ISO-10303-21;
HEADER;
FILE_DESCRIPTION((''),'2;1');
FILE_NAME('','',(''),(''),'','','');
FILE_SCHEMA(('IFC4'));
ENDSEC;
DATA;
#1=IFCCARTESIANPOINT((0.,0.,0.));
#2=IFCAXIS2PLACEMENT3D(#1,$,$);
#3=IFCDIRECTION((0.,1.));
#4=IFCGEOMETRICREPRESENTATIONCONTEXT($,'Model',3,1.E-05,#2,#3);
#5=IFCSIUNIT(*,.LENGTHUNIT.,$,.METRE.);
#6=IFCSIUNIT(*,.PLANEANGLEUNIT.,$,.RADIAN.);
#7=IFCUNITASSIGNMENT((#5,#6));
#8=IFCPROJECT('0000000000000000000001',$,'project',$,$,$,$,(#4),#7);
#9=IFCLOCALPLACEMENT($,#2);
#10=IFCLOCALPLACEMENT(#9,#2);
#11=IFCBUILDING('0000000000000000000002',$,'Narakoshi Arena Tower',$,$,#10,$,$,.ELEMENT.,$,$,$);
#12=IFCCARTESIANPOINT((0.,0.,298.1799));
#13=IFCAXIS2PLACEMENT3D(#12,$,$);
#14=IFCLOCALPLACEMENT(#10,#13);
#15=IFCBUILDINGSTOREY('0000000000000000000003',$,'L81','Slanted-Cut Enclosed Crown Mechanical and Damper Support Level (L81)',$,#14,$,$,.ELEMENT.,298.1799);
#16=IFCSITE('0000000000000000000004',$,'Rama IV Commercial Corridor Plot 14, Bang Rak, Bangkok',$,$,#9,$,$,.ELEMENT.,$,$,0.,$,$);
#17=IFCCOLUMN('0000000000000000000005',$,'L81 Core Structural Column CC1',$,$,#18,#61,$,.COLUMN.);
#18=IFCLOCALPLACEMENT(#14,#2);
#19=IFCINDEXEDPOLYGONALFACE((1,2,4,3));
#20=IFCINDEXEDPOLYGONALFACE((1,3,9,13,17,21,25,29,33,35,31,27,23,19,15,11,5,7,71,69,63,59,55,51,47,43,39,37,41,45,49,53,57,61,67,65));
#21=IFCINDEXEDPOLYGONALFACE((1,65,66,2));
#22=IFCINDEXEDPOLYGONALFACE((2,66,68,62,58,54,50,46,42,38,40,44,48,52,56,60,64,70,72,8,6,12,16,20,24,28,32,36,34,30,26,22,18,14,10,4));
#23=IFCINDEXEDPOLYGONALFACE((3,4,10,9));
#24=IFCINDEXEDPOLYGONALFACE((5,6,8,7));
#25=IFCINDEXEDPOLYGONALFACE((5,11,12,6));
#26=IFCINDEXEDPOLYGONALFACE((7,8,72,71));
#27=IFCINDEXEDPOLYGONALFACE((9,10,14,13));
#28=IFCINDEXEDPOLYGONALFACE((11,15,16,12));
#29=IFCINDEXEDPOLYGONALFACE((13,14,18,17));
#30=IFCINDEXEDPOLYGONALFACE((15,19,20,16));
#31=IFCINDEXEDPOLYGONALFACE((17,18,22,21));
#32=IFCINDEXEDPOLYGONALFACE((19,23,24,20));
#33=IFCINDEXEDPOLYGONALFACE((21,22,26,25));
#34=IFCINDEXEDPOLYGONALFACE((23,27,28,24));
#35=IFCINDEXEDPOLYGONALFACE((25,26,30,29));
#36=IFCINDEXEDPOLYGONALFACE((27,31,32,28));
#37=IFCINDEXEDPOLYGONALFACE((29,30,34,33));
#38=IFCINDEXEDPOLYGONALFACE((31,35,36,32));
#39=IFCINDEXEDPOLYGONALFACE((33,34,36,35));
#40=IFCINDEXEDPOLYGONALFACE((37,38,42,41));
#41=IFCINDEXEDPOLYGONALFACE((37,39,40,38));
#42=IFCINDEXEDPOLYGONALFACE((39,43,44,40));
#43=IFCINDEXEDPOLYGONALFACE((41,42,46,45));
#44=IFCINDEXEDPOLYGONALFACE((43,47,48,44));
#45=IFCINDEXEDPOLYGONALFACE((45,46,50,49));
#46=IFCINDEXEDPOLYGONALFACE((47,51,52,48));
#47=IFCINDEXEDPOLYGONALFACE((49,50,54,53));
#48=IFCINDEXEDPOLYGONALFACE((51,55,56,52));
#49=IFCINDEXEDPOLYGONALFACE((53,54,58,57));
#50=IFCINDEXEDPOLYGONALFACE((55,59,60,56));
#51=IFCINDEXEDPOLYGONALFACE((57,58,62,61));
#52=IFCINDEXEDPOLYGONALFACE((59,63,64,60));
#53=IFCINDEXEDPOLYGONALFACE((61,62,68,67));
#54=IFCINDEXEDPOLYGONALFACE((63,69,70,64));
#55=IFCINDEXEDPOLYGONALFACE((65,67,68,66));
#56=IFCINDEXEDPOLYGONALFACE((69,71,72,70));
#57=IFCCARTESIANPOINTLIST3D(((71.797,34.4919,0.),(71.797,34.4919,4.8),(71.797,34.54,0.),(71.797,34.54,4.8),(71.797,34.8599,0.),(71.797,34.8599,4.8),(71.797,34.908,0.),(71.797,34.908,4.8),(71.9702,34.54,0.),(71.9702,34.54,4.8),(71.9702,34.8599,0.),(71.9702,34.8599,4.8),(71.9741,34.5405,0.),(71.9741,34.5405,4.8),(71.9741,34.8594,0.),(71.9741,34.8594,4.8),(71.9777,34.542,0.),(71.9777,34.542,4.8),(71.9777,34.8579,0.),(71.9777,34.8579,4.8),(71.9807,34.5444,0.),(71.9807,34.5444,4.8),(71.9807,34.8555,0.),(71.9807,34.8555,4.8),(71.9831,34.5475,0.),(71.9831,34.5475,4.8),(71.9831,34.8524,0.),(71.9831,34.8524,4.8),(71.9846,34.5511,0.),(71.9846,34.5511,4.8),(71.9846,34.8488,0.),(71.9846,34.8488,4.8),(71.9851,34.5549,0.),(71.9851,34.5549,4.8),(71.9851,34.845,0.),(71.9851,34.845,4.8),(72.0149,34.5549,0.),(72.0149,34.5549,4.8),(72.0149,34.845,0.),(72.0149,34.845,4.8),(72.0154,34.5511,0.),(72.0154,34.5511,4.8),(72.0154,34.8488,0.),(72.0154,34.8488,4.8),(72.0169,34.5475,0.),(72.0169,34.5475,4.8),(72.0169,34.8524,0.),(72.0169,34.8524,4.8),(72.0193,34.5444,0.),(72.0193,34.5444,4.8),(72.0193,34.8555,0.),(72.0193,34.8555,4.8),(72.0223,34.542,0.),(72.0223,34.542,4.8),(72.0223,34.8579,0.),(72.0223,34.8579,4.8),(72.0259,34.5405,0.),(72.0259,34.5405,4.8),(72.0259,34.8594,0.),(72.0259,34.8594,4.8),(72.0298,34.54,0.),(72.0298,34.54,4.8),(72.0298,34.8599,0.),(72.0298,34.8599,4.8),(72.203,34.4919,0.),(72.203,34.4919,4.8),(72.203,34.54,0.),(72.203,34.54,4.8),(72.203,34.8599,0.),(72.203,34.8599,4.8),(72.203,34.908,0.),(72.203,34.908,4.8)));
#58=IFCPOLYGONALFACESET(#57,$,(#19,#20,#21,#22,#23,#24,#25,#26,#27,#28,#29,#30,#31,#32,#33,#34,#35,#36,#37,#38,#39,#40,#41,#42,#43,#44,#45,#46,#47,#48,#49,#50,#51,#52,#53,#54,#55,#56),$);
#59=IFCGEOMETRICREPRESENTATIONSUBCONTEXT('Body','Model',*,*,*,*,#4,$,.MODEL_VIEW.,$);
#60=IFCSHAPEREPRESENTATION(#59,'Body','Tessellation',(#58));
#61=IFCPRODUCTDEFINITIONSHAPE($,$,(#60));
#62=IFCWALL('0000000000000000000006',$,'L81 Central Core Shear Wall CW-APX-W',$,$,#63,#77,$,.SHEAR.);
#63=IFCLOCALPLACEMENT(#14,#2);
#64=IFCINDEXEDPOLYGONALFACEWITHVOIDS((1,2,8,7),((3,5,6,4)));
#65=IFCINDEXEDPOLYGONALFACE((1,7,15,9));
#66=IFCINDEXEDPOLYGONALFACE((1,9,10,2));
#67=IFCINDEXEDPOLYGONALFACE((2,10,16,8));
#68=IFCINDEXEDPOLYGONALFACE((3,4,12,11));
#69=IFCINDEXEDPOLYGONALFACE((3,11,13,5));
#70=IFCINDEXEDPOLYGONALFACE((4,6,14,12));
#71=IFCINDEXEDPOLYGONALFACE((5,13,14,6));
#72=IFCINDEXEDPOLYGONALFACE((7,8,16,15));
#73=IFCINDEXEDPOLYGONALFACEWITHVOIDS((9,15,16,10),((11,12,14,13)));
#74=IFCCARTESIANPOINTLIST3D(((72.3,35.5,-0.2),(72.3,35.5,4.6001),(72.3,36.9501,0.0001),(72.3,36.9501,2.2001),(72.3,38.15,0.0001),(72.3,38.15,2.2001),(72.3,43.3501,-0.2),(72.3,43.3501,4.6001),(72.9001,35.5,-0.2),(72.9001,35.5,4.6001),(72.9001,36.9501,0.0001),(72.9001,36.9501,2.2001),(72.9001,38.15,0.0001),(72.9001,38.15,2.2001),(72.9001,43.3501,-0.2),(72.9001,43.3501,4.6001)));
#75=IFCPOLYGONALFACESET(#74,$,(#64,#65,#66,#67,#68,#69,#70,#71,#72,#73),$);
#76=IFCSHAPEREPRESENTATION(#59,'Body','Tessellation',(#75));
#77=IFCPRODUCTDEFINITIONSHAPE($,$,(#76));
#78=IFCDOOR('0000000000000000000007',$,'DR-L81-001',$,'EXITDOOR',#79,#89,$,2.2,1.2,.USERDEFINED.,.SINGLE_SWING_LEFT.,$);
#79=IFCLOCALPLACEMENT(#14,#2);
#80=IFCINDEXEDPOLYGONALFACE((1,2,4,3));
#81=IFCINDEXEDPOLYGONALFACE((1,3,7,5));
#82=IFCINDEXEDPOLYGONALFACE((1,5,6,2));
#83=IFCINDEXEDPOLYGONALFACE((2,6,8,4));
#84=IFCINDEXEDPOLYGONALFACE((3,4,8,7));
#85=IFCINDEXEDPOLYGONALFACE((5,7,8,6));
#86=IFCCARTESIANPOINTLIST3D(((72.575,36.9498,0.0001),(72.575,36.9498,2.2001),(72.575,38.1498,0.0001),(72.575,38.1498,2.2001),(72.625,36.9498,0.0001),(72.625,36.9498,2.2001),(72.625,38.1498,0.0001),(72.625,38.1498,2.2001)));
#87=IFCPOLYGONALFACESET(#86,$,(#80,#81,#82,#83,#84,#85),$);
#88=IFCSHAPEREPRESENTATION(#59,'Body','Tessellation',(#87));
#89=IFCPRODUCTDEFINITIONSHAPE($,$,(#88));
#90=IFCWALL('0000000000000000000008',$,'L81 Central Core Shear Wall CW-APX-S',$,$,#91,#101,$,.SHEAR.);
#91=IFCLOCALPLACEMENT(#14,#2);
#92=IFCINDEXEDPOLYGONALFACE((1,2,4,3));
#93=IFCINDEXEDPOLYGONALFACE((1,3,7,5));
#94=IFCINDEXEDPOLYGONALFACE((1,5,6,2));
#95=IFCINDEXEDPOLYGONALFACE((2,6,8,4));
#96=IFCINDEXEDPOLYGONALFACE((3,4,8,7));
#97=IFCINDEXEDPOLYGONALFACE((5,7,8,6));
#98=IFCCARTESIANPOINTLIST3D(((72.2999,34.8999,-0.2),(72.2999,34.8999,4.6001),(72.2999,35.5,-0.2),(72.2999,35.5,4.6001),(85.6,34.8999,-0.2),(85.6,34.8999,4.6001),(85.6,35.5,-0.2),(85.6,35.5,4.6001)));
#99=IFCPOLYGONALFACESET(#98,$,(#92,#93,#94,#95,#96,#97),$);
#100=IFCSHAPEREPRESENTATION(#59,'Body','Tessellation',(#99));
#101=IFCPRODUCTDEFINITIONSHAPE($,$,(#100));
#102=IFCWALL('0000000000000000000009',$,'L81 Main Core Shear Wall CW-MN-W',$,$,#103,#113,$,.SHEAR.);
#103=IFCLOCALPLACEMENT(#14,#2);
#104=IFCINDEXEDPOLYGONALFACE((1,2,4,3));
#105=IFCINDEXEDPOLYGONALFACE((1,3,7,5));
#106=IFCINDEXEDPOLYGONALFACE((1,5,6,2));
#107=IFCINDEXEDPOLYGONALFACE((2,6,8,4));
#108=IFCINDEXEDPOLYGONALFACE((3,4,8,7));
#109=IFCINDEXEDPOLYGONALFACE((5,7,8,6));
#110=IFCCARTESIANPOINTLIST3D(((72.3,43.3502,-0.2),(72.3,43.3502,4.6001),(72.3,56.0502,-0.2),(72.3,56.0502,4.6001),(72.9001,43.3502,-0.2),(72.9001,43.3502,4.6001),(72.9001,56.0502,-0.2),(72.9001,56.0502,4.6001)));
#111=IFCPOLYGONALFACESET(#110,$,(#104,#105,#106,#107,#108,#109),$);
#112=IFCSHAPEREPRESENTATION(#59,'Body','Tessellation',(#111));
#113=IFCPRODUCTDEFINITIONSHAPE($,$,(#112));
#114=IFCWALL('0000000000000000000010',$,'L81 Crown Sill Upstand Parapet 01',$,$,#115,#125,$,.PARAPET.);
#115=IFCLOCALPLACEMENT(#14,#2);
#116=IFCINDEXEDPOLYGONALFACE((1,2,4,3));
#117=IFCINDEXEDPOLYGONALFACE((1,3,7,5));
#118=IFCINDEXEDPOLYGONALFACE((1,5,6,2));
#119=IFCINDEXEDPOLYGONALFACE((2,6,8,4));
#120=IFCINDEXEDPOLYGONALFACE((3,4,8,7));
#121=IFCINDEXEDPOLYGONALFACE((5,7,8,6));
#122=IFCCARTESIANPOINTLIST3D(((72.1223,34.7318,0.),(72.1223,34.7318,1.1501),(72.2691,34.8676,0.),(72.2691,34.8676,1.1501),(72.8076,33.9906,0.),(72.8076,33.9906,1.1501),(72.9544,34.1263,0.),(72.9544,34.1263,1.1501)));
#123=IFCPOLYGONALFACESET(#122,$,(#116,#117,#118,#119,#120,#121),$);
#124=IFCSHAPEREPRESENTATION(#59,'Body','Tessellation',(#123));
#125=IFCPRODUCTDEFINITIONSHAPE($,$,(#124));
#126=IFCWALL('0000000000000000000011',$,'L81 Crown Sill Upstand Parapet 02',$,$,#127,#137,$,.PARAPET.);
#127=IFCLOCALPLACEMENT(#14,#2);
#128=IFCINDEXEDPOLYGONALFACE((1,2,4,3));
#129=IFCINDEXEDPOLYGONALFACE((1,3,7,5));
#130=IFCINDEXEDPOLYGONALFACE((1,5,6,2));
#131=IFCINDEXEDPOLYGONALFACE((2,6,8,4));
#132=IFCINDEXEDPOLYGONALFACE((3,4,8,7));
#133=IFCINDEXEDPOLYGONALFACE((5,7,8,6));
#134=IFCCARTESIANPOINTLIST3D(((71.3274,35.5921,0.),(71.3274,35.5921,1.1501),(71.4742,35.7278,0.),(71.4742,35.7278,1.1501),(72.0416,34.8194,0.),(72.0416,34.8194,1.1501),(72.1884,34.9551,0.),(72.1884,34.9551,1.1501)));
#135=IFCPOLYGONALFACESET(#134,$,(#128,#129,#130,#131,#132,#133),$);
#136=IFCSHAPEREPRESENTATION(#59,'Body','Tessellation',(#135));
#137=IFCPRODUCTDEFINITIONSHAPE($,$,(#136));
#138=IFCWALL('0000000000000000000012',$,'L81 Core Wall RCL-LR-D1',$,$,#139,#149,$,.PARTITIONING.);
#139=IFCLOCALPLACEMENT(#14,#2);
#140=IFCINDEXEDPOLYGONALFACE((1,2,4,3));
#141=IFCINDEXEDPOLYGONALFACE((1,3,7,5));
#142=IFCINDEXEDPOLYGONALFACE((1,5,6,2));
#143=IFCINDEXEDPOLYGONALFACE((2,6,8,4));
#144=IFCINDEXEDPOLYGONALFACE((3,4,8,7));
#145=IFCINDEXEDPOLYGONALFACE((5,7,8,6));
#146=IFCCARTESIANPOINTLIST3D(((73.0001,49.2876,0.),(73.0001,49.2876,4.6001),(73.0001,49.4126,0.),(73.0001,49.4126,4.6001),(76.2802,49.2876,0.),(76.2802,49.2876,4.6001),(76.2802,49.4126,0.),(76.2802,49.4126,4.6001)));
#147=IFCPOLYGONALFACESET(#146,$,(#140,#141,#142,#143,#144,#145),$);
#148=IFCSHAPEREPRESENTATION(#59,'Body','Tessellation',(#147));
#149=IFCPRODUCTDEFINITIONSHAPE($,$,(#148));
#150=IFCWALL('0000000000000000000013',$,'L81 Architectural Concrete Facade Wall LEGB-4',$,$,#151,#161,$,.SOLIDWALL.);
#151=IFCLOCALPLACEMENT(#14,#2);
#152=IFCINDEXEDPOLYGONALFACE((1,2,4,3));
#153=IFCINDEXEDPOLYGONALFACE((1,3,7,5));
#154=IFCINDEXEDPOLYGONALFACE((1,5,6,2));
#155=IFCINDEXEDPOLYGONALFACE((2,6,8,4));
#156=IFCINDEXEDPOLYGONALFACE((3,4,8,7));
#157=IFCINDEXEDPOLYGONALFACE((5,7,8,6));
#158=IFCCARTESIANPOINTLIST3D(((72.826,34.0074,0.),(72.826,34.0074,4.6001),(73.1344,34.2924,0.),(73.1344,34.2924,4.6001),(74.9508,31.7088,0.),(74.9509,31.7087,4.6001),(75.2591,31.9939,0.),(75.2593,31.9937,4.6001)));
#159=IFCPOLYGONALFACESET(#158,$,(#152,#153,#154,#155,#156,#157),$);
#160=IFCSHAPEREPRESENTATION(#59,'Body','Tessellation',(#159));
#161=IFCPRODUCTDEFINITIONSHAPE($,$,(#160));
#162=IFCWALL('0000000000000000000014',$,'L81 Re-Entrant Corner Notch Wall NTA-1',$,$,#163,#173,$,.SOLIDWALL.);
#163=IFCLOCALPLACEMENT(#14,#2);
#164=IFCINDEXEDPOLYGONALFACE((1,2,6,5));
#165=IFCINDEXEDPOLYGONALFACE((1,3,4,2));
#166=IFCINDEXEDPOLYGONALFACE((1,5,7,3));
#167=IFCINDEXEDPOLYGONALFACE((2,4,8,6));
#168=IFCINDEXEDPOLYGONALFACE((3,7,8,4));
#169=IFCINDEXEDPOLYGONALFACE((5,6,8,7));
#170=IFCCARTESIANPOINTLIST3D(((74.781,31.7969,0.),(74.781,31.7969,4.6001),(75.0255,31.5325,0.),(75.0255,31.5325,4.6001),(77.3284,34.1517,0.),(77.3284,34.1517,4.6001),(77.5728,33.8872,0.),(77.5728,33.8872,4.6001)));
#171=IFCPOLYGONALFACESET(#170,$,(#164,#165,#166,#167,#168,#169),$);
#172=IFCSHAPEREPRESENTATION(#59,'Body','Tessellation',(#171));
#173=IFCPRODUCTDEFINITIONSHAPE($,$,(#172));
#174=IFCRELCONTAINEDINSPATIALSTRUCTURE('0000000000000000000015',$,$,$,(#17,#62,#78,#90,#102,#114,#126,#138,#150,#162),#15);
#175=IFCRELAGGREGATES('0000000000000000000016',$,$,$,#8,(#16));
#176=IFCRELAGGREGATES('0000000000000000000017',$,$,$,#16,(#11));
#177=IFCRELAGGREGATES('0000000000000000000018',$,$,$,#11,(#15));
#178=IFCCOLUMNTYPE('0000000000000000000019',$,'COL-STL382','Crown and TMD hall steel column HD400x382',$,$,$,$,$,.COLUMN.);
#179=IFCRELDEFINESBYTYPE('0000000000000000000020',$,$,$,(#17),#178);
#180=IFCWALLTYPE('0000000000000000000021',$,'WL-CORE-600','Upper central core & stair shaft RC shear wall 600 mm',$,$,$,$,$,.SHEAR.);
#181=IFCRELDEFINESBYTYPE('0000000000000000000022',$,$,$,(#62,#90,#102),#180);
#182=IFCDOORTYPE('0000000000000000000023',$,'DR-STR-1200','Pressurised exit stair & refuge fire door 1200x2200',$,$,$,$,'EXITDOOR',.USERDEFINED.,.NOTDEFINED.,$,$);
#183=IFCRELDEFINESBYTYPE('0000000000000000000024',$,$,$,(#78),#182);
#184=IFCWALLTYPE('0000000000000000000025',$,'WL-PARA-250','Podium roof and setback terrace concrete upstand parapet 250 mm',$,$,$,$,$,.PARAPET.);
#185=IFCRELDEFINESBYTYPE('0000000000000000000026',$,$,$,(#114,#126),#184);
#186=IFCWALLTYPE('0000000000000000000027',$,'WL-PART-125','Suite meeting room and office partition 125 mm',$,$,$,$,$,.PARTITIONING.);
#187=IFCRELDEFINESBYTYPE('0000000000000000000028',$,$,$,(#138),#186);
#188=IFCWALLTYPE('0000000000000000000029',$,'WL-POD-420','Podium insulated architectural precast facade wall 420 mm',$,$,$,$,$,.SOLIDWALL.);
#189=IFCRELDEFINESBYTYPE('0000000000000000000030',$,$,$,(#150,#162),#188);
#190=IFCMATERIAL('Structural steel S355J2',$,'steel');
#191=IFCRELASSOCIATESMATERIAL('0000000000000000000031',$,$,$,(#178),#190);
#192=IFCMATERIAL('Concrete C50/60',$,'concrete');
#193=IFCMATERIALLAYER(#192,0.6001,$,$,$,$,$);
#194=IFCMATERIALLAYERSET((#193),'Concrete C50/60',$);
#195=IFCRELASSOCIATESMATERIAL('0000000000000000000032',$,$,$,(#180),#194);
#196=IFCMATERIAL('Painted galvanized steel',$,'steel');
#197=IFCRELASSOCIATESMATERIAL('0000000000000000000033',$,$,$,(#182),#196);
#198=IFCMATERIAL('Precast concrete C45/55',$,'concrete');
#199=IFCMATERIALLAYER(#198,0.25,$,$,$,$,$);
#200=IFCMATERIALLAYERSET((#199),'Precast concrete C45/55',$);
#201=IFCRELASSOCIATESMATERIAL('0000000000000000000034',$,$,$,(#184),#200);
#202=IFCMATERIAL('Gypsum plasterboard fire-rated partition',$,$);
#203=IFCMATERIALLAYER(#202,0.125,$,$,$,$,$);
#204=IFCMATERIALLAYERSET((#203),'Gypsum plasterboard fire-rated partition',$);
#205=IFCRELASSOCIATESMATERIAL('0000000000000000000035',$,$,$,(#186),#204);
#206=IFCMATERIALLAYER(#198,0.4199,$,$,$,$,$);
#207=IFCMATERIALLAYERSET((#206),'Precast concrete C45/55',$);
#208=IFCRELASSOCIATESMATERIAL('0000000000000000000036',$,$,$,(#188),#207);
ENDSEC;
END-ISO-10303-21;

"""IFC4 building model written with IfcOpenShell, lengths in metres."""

from ifc_helpers import new_model, si_unit, direction, frame, frame_2d, origin, origin_2d, place, context, subcontext, project, spatial, polyline, rectangle, i_section, outline, extrude, material, layer, layer_set, material_profile, profile_set, type_object, element, fill, save


model = new_model("IFC4")

# Units and contexts
model_context = context("Model", 3, precision=1e-05, world=origin(), true_north=direction((0.0, 1.0)))
body_context = subcontext(model_context, "Body", "Model", "MODEL_VIEW")
ifc_project = project(units=[si_unit("LENGTHUNIT", "METRE"), si_unit("PLANEANGLEUNIT", "RADIAN")], contexts=[model_context])

# Site, building, storey
site_placement = place(None, origin())
site = spatial("IfcSite", under=ifc_project, at=site_placement, Name="Rama IV Commercial Corridor Plot 14, Bang Rak, Bangkok", CompositionType="ELEMENT", RefElevation=0.0)
building_placement = place(site_placement, origin())
building = spatial("IfcBuilding", under=site, at=building_placement, Name="Narakoshi Arena Tower", CompositionType="ELEMENT")
storey_placement = place(building_placement, frame((0.0, 0.0, 298.1799)))
storey = spatial("IfcBuildingStorey", under=building, at=storey_placement, Name="L81", Description="Slanted-Cut Enclosed Crown Mechanical and Damper Support Level (L81)", CompositionType="ELEMENT", Elevation=298.1799)

# Column
ifc_material_1 = material(Name="Structural steel S355J2", Category="steel")
ifc_material_profile = material_profile(ifc_material_1, i_section(OverallWidth=0.406, OverallDepth=0.416, WebThickness=0.0298, FlangeThickness=0.0481, FilletRadius=0.0149, at=origin_2d()), Name="HD400x382")
ifc_profile_set = profile_set([ifc_material_profile], Name="Structural steel S355J2")
column_type = type_object("IfcColumnType", Name="COL-STL382", Description="Crown and TMD hall steel column HD400x382", PredefinedType="COLUMN", material=ifc_profile_set)
column_placement = place(storey_placement, frame((72.0, 34.7, 0.0), z_axis=(0.0, 0.0, 1.0), x_axis=(1.0, 0.0, 0.0)))
element("IfcColumn", 1, at=column_placement, inside=storey, type_object=column_type, Name="L81 Core Structural Column CC1", PredefinedType="COLUMN", context=body_context, shape_type="SweptSolid", body=[
    extrude(i_section(OverallWidth=0.406, OverallDepth=0.416, WebThickness=0.0298, FlangeThickness=0.0481, FilletRadius=0.0149, at=origin_2d()), origin(), (0.0, 0.0, 1.0), 4.8),
])

# Wall, opening, door
ifc_material_2 = material(Name="Concrete C50/60", Category="concrete")
ifc_layer_1 = layer(ifc_material_2, 0.6001)
ifc_layer_set_1 = layer_set([ifc_layer_1], Name="Concrete C50/60")
wall_type_1 = type_object("IfcWallType", Name="WL-CORE-600", Description="Upper central core & stair shaft RC shear wall 600 mm", PredefinedType="SHEAR", material=ifc_layer_set_1)
wall_1_placement = place(storey_placement, frame((72.6001, 35.5, -0.2), z_axis=(0.0, 0.0, 1.0), x_axis=(0.0, 1.0, 0.0)))
wall_1 = element("IfcWall", 2, at=wall_1_placement, inside=storey, type_object=wall_type_1, Name="L81 Central Core Shear Wall CW-APX-W", PredefinedType="SHEAR", context=body_context, shape_type="SweptSolid", body=[
    extrude(rectangle(XDim=7.8501, YDim=0.6001, at=frame_2d((3.925, 0.0))), origin(), (0.0, 0.0, 1.0), 4.8),
])
opening_1_placement = place(wall_1_placement, frame((1.45, 0.0, 0.2)))
opening_1 = element("IfcOpeningElement", 3, at=opening_1_placement, cuts=wall_1, PredefinedType="OPENING", context=body_context, shape_type="SweptSolid", body=[
    extrude(rectangle(XDim=1.2, YDim=2.2, at=frame_2d((0.6001, 1.1001))), frame((0.0, 0.3101, 0.0), z_axis=(0.0, -1.0, 0.0), x_axis=(1.0, 0.0, 0.0)), (0.0, 0.0, 1.0), 0.6201),
])
ifc_material_3 = material(Name="Painted galvanized steel", Category="steel")
door_type_1 = type_object("IfcDoorType", Name="DR-STR-1200", Description="Pressurised exit stair & refuge fire door 1200x2200", ElementType="EXITDOOR", OperationType="NOTDEFINED", PredefinedType="USERDEFINED", material=ifc_material_3)
door_1_placement = place(opening_1_placement, frame((1.2, 0.0, 0.0), z_axis=(0.0, 0.0, 1.0), x_axis=(-1.0, 0.0, 0.0)))
door_1 = element("IfcDoor", 4, at=door_1_placement, inside=storey, type_object=door_type_1, Name="DR-L81-001", ObjectType="EXITDOOR", OperationType="SINGLE_SWING_LEFT", OverallHeight=2.2, OverallWidth=1.2, PredefinedType="USERDEFINED", context=body_context, shape_type="SweptSolid", body=[
    extrude(rectangle(XDim=1.2, YDim=2.2, at=frame_2d((0.6001, 1.1001))), frame((0.0, 0.0249, 0.0), z_axis=(0.0, -1.0, 0.0), x_axis=(1.0, 0.0, 0.0)), (0.0, 0.0, 1.0), 0.05),
])
fill(opening_1, door_1)

# Walls
wall_2_placement = place(storey_placement, frame((72.3, 35.2, -0.2), z_axis=(0.0, 0.0, 1.0), x_axis=(1.0, 0.0, 0.0)))
element("IfcWall", 5, at=wall_2_placement, inside=storey, type_object=wall_type_1, Name="L81 Central Core Shear Wall CW-APX-S", PredefinedType="SHEAR", context=body_context, shape_type="SweptSolid", body=[
    extrude(rectangle(XDim=13.3, YDim=0.6001, at=frame_2d((6.6499, 0.0))), origin(), (0.0, 0.0, 1.0), 4.8),
])
wall_3_placement = place(storey_placement, frame((72.6001, 43.3501, -0.2), z_axis=(0.0, 0.0, 1.0), x_axis=(0.0, 1.0, 0.0)))
element("IfcWall", 6, at=wall_3_placement, inside=storey, type_object=wall_type_1, Name="L81 Main Core Shear Wall CW-MN-W", PredefinedType="SHEAR", context=body_context, shape_type="SweptSolid", body=[
    extrude(rectangle(XDim=12.7, YDim=0.6001, at=frame_2d((6.3501, 0.0))), origin(), (0.0, 0.0, 1.0), 4.8),
])
ifc_material_4 = material(Name="Precast concrete C45/55", Category="concrete")
ifc_layer_2 = layer(ifc_material_4, 0.25)
ifc_layer_set_2 = layer_set([ifc_layer_2], Name="Precast concrete C45/55")
wall_type_2 = type_object("IfcWallType", Name="WL-PARA-250", Description="Podium roof and setback terrace concrete upstand parapet 250 mm", PredefinedType="PARAPET", material=ifc_layer_set_2)
wall_4_placement = place(storey_placement, frame((72.8811, 34.0583, 0.0), z_axis=(0.0, 0.0, 1.0), x_axis=(-0.678873, 0.734256, 0.0)))
element("IfcWall", 7, at=wall_4_placement, inside=storey, type_object=wall_type_2, Name="L81 Crown Sill Upstand Parapet 01", PredefinedType="PARAPET", context=body_context, shape_type="SweptSolid", body=[
    extrude(rectangle(XDim=1.0095, YDim=0.2, at=frame_2d((0.5049, 0.0))), origin(), (0.0, 0.0, 1.0), 1.1501),
])
wall_5_placement = place(storey_placement, frame((72.115, 34.8872, 0.0), z_axis=(0.0, 0.0, 1.0), x_axis=(-0.678714, 0.734403, 0.0)))
element("IfcWall", 8, at=wall_5_placement, inside=storey, type_object=wall_type_2, Name="L81 Crown Sill Upstand Parapet 02", PredefinedType="PARAPET", context=body_context, shape_type="SweptSolid", body=[
    extrude(rectangle(XDim=1.0522, YDim=0.2, at=frame_2d((0.5261, 0.0))), origin(), (0.0, 0.0, 1.0), 1.1501),
])
ifc_material_5 = material(Name="Gypsum plasterboard fire-rated partition")
ifc_layer_3 = layer(ifc_material_5, 0.125)
ifc_layer_set_3 = layer_set([ifc_layer_3], Name="Gypsum plasterboard fire-rated partition")
wall_type_3 = type_object("IfcWallType", Name="WL-PART-125", Description="Suite meeting room and office partition 125 mm", PredefinedType="PARTITIONING", material=ifc_layer_set_3)
wall_6_placement = place(storey_placement, frame((73.0, 49.3501, 0.0), z_axis=(0.0, 0.0, 1.0), x_axis=(1.0, 0.0, 0.0)))
element("IfcWall", 9, at=wall_6_placement, inside=storey, type_object=wall_type_3, Name="L81 Core Wall RCL-LR-D1", PredefinedType="PARTITIONING", context=body_context, shape_type="SweptSolid", body=[
    extrude(rectangle(XDim=3.28, YDim=0.125, at=frame_2d((1.6401, 0.0))), origin(), (0.0, 0.0, 1.0), 4.6001),
])
ifc_layer_4 = layer(ifc_material_4, 0.4199)
ifc_layer_set_4 = layer_set([ifc_layer_4], Name="Precast concrete C45/55")
wall_type_4 = type_object("IfcWallType", Name="WL-POD-420", Description="Podium insulated architectural precast facade wall 420 mm", PredefinedType="SOLIDWALL", material=ifc_layer_set_4)
wall_7_placement = place(storey_placement, frame((72.9802, 34.1499, 0.0), z_axis=(0.0, 0.0, 1.0), x_axis=(0.678795, -0.734328, 0.0)))
element("IfcWall", 10, at=wall_7_placement, inside=storey, type_object=wall_type_4, Name="L81 Architectural Concrete Facade Wall LEGB-4", PredefinedType="SOLIDWALL", context=body_context, shape_type="SweptSolid", body=[
    extrude(outline(polyline([(0.0, 0.0), (3.1301, 0.0), (3.1304, 4.6001), (0.0, 4.6001), (0.0, 0.0)])), frame((0.0, 0.21, 0.0), z_axis=(0.0, -1.0, 0.0), x_axis=(1.0, 0.0, 0.0)), (0.0, 0.0, 1.0), 0.4199),
])
wall_8_placement = place(storey_placement, frame((74.9033, 31.6648, 0.0), z_axis=(0.0, 0.0, 1.0), x_axis=(0.734326, 0.678797, 0.0)))
element("IfcWall", 11, at=wall_8_placement, inside=storey, type_object=wall_type_4, Name="L81 Re-Entrant Corner Notch Wall NTA-1", PredefinedType="SOLIDWALL", context=body_context, shape_type="SweptSolid", body=[
    extrude(rectangle(XDim=3.469, YDim=0.3601, at=frame_2d((1.7344, 0.0))), origin(), (0.0, 0.0, 1.0), 4.6001),
])

save(model, "model.ifc")
